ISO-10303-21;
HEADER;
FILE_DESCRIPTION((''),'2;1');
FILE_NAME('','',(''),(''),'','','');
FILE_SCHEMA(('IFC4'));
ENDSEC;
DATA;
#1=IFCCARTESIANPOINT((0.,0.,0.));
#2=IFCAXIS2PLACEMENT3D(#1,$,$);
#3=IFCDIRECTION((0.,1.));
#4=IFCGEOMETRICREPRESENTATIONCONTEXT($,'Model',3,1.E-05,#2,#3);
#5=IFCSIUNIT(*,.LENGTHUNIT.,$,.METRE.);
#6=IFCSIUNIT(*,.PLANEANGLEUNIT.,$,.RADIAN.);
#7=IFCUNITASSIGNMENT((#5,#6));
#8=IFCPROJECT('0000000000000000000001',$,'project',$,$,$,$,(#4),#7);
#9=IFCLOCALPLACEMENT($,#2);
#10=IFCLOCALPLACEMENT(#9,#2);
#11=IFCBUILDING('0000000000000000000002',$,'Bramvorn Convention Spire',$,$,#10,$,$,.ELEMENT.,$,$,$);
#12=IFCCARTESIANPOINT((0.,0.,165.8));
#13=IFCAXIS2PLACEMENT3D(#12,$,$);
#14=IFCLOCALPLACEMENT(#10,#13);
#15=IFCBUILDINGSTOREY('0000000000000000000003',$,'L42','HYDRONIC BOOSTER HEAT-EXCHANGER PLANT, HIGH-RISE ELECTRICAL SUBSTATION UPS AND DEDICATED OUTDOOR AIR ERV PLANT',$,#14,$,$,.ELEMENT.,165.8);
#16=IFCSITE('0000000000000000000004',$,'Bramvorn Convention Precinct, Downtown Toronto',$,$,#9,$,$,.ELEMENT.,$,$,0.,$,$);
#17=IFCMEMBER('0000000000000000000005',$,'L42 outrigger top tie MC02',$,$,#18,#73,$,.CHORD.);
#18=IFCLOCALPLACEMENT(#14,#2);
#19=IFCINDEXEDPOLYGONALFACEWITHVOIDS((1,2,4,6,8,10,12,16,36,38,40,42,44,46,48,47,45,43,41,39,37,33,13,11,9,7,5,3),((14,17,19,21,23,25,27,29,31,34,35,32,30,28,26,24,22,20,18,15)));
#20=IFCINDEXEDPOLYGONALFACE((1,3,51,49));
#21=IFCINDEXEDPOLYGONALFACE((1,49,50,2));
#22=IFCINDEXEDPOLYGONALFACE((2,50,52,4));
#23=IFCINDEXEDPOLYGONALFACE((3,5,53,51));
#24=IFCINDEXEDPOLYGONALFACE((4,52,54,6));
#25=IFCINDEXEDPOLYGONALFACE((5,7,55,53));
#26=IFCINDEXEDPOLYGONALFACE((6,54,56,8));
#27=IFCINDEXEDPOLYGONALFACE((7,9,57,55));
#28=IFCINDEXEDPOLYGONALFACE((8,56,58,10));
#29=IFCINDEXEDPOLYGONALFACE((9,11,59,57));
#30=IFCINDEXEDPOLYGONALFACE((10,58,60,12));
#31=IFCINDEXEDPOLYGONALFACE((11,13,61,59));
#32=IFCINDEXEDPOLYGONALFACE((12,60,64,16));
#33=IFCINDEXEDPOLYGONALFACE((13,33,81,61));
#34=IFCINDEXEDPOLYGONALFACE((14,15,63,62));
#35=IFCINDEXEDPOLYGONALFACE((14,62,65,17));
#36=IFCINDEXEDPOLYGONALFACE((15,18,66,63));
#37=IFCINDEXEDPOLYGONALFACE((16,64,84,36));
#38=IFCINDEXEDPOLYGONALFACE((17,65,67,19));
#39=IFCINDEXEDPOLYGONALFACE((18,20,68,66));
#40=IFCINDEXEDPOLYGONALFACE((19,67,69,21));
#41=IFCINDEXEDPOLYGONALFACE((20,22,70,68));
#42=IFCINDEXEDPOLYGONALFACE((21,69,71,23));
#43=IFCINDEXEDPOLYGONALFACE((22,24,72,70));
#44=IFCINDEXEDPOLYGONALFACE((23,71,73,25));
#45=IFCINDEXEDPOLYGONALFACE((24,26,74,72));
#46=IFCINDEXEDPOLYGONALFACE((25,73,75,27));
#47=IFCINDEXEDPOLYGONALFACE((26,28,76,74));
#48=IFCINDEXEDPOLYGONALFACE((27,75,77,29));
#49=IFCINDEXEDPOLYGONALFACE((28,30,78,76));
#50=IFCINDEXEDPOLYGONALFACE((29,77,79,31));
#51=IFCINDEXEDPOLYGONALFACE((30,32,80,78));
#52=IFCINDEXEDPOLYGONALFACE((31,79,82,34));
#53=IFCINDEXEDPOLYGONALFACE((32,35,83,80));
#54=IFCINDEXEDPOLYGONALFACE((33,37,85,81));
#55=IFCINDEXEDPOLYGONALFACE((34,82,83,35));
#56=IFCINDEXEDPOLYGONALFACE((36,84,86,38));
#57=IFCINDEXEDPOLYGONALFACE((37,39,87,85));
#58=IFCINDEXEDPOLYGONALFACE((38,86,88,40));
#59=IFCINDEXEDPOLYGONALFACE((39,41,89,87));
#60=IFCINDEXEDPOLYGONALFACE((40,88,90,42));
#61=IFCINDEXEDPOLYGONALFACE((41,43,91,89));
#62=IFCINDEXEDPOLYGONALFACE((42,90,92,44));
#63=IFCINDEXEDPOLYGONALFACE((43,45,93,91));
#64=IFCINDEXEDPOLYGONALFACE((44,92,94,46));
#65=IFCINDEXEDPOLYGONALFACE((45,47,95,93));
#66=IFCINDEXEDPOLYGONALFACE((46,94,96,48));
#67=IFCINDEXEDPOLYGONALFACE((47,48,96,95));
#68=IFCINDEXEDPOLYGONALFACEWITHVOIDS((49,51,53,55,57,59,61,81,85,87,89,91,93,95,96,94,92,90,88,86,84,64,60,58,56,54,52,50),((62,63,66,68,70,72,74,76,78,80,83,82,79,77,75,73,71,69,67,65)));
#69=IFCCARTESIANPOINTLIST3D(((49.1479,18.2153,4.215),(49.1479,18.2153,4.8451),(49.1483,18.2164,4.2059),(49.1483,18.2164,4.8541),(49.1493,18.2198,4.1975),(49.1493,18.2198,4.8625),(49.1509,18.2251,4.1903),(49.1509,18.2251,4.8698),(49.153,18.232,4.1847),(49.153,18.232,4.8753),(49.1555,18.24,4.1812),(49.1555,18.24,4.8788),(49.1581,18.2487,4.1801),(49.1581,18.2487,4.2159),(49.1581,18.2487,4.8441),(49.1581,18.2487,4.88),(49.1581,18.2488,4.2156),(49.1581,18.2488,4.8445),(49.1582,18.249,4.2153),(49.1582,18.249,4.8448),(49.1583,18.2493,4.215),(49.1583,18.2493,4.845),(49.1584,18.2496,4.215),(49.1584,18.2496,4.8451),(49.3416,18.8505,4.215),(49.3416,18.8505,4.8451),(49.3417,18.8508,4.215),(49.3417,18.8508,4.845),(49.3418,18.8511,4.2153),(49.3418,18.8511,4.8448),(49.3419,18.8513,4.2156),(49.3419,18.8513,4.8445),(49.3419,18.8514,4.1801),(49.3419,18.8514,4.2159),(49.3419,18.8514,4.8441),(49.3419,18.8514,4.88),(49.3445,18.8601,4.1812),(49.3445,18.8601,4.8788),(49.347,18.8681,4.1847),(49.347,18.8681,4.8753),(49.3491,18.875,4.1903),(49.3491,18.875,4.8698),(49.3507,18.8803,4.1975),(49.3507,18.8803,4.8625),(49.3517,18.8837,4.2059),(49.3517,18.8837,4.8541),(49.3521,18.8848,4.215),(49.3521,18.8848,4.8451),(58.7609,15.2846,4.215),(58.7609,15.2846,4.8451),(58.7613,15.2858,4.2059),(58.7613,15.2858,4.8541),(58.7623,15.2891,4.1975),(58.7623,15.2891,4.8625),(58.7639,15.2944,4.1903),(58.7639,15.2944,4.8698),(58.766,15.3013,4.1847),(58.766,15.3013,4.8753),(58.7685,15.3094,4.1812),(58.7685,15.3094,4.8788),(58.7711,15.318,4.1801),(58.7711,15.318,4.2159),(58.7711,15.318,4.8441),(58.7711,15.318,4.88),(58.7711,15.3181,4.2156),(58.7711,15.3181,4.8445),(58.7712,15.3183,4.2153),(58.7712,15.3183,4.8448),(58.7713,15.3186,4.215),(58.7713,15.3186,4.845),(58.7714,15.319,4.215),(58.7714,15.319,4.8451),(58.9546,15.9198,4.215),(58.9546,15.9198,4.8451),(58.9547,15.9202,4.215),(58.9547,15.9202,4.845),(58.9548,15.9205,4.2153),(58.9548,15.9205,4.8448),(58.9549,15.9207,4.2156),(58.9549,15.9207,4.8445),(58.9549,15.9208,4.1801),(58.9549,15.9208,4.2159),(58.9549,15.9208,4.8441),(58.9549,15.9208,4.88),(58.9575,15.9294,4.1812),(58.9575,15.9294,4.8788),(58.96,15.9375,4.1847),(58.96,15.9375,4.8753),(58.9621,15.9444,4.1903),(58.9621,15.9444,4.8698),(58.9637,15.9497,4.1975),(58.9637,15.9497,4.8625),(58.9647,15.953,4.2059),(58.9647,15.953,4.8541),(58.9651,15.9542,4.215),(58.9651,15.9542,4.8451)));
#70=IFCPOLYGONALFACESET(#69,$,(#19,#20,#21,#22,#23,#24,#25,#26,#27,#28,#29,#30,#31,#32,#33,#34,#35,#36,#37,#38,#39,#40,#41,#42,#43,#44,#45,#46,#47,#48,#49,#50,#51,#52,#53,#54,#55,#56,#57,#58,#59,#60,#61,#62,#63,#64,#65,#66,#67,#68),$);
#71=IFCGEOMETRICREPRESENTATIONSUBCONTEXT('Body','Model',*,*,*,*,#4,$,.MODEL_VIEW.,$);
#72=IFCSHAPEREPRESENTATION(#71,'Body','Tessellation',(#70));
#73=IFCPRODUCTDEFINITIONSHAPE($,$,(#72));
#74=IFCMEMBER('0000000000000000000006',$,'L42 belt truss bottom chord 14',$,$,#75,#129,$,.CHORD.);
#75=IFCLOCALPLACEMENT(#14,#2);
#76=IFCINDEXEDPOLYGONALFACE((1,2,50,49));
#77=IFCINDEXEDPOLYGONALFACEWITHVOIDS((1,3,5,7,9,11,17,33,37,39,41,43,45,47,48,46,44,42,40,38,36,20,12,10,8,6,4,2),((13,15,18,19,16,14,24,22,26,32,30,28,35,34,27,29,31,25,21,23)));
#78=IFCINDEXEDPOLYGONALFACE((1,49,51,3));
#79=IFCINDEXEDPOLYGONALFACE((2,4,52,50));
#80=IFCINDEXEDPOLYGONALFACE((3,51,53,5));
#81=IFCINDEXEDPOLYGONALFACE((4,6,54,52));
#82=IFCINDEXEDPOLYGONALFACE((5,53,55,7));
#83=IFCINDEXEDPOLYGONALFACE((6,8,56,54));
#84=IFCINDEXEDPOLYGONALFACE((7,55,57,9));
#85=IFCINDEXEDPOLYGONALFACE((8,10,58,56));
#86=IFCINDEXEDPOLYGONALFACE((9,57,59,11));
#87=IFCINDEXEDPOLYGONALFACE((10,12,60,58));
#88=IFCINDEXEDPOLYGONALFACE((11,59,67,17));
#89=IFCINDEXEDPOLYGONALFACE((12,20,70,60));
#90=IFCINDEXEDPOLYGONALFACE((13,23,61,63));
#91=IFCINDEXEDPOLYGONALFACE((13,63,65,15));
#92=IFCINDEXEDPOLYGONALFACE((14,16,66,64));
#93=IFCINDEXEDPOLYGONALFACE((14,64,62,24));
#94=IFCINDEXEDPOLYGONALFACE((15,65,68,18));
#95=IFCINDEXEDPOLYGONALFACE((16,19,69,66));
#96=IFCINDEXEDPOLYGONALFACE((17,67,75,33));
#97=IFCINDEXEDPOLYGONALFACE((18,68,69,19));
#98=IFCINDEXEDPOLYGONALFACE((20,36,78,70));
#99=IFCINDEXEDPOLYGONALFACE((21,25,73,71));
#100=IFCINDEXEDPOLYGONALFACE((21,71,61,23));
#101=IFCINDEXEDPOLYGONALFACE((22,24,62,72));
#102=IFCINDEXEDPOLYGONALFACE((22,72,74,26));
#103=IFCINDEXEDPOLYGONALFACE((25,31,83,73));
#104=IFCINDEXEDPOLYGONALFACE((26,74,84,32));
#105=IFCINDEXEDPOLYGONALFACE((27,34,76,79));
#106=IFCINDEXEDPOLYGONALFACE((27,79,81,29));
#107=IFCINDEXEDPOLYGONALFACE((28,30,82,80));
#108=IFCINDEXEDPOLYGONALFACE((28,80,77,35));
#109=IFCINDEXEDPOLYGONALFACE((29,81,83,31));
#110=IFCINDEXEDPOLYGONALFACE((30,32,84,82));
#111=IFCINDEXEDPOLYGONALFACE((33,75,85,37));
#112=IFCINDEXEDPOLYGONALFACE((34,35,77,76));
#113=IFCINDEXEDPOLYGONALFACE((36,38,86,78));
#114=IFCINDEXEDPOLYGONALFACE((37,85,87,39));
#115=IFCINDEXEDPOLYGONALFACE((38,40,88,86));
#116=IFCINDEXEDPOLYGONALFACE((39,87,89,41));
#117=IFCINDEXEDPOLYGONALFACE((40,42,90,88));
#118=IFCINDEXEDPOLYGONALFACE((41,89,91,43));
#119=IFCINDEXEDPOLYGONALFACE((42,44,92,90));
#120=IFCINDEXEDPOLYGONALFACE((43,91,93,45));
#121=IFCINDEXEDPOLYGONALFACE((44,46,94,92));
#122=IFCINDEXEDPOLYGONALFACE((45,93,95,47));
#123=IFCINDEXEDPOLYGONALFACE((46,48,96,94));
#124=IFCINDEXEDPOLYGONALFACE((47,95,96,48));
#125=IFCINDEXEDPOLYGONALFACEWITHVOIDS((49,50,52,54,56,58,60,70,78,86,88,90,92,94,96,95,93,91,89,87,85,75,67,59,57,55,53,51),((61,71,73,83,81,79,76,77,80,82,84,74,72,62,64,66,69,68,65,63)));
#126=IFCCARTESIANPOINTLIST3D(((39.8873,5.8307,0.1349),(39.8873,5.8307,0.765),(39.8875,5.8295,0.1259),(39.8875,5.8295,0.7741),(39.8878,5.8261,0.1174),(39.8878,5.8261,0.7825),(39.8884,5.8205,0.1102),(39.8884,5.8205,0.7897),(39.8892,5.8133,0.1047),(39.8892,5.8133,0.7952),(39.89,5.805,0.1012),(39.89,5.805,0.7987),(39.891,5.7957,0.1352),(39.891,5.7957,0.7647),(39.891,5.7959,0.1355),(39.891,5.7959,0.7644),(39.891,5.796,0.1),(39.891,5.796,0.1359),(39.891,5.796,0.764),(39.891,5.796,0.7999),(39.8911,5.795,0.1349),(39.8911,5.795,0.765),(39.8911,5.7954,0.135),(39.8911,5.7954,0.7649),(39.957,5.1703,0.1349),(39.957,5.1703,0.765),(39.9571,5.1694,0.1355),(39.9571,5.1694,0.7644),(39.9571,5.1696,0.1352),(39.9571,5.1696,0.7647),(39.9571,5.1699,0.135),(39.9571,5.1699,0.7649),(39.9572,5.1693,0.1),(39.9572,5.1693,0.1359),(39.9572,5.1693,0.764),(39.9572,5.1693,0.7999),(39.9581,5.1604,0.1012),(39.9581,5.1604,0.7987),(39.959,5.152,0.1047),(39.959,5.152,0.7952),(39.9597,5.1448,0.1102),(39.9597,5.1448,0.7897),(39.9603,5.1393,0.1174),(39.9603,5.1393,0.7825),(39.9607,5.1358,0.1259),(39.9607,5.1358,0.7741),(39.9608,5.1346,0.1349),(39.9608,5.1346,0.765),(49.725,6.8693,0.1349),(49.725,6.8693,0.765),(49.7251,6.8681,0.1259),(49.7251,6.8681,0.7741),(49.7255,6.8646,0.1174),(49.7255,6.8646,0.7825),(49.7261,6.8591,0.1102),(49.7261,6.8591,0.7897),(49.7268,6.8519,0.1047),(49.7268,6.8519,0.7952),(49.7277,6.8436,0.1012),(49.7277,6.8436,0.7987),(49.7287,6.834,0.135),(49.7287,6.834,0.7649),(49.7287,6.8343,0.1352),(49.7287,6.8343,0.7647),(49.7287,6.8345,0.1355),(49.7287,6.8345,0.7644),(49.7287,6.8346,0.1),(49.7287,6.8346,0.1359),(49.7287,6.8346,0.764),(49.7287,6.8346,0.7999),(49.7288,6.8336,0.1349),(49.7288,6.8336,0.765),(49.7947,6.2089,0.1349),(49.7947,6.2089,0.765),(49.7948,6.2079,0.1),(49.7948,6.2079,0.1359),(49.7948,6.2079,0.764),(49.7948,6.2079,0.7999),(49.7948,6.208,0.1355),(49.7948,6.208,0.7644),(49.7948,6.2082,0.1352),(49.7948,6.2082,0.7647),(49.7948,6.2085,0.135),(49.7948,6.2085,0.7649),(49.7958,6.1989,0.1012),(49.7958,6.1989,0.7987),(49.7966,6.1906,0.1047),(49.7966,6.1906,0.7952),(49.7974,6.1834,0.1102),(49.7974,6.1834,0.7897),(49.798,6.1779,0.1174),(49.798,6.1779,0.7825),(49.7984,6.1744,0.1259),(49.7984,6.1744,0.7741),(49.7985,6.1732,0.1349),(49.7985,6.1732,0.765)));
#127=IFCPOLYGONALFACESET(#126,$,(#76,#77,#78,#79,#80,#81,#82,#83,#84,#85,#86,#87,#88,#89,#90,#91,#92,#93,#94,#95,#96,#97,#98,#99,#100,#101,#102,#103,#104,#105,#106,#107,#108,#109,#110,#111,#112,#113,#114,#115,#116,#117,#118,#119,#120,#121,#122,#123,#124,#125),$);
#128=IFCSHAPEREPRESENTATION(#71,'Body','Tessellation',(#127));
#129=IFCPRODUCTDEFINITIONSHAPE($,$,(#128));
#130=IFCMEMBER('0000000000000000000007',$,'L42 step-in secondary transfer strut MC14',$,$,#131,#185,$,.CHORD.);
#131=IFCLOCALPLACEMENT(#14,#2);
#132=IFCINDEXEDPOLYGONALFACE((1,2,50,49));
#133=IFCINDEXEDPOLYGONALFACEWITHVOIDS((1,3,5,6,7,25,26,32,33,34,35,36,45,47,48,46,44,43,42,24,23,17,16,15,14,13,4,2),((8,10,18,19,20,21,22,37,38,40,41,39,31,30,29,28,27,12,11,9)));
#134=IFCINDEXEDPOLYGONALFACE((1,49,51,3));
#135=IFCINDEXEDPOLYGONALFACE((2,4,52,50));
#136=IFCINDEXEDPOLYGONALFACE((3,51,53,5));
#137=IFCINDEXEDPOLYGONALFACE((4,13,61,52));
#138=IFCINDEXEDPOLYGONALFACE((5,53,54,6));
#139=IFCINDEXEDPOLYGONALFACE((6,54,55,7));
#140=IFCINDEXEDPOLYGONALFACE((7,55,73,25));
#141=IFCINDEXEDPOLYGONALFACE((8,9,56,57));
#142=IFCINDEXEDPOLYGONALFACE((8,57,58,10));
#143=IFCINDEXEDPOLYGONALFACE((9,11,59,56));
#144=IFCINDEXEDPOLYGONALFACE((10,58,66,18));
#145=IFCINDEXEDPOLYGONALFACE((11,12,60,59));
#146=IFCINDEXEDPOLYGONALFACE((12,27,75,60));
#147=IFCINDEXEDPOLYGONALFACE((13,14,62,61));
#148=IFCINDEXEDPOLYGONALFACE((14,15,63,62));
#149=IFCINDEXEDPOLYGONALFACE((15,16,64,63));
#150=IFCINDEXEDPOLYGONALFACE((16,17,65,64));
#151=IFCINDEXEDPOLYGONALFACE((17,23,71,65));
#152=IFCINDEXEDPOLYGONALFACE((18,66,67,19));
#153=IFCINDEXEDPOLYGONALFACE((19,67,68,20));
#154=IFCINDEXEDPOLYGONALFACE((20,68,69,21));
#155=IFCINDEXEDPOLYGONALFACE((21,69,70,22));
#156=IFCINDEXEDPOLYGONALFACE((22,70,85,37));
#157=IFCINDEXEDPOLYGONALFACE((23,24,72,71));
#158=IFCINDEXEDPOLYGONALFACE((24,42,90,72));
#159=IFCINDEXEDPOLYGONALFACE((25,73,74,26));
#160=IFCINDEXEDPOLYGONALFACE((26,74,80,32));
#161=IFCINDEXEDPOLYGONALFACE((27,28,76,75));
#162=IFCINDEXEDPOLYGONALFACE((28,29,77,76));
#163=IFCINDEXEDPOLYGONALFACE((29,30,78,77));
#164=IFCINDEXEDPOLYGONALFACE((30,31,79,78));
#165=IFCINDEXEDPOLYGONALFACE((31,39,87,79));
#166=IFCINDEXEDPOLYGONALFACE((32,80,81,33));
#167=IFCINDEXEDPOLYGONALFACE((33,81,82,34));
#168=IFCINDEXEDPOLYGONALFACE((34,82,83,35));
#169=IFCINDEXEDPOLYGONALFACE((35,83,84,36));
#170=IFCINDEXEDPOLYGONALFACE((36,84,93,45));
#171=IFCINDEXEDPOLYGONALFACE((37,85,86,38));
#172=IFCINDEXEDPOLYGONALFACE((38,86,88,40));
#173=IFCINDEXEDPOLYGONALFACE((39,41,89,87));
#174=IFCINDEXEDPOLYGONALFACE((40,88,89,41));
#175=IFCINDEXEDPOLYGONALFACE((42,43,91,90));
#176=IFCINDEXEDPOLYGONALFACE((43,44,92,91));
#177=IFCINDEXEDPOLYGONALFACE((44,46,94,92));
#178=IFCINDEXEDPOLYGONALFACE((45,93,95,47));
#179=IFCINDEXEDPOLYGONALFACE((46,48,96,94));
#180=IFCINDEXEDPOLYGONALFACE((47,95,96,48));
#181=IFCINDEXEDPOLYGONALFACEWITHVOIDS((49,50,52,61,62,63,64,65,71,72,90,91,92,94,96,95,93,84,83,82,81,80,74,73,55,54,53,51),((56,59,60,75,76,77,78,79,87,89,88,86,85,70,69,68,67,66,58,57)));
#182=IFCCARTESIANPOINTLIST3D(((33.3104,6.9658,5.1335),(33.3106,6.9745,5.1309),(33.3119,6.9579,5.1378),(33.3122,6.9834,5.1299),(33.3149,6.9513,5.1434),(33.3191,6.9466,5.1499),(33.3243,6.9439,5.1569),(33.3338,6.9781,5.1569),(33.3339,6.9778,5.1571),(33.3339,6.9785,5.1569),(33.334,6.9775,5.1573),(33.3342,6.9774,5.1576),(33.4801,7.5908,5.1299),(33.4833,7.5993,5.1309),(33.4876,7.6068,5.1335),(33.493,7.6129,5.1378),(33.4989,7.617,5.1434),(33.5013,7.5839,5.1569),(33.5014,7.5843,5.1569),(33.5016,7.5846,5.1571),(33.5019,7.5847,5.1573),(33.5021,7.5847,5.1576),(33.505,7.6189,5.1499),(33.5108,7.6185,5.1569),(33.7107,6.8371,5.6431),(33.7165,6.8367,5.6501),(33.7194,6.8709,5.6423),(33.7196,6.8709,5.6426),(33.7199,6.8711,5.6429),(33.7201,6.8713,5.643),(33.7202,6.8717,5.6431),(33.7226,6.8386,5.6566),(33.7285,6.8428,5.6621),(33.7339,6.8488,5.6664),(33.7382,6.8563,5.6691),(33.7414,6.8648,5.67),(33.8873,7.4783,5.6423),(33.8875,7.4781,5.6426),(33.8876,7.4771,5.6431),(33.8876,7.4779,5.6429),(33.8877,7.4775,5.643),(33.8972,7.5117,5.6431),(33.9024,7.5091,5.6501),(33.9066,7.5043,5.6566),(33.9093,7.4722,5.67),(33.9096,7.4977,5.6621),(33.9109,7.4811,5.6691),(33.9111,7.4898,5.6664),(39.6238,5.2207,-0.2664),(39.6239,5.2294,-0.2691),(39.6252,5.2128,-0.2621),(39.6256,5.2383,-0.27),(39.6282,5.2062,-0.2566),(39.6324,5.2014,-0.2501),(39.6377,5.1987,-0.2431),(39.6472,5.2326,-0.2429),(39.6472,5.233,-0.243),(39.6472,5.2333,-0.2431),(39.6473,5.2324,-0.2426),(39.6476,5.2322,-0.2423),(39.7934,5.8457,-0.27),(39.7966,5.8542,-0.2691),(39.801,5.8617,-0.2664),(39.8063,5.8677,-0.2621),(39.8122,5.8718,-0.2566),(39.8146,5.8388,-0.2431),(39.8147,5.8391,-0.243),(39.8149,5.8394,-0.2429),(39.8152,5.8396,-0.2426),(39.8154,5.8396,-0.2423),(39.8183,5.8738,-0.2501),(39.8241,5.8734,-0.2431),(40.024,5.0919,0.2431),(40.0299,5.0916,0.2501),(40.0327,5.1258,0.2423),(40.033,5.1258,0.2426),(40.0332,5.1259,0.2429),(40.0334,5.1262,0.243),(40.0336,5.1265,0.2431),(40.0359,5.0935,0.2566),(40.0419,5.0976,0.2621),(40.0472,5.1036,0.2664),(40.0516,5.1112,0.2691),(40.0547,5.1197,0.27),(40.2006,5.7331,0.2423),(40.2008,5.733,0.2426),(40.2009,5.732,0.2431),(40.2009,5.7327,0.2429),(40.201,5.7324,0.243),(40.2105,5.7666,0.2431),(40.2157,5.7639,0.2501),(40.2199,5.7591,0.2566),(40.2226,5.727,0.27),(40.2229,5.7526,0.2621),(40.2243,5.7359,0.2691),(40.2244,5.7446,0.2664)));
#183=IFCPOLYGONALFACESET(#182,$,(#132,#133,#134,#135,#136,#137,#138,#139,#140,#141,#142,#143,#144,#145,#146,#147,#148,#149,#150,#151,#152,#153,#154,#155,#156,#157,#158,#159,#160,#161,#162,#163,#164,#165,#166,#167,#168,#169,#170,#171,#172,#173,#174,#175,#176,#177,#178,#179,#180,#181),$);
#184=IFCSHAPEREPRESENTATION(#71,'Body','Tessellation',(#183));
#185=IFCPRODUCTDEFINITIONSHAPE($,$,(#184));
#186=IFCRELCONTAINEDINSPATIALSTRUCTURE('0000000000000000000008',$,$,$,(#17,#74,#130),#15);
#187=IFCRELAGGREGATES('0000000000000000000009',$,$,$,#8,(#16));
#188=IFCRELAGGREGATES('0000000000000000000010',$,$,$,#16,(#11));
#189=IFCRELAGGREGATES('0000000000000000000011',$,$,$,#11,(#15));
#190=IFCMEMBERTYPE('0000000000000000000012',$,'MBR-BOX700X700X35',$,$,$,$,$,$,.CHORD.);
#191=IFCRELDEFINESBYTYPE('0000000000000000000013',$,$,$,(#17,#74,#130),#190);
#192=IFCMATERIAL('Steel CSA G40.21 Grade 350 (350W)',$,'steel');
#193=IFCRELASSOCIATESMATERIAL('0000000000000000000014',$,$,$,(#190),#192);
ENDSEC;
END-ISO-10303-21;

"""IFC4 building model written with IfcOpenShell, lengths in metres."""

from ifc_helpers import new_model, si_unit, direction, frame, origin, origin_2d, place, context, subcontext, project, spatial, hollow_rectangle, extrude, material, material_profile, profile_set, type_object, element, save


model = new_model("IFC4")

# Units and contexts
model_context = context("Model", 3, precision=1e-05, world=origin(), true_north=direction((0.0, 1.0)))
body_context = subcontext(model_context, "Body", "Model", "MODEL_VIEW")
ifc_project = project(units=[si_unit("LENGTHUNIT", "METRE"), si_unit("PLANEANGLEUNIT", "RADIAN")], contexts=[model_context])

# Site, building, storey
site_placement = place(None, origin())
site = spatial("IfcSite", under=ifc_project, at=site_placement, Name="Bramvorn Convention Precinct, Downtown Toronto", CompositionType="ELEMENT", RefElevation=0.0)
building_placement = place(site_placement, origin())
building = spatial("IfcBuilding", under=site, at=building_placement, Name="Bramvorn Convention Spire", CompositionType="ELEMENT")
storey_placement = place(building_placement, frame((0.0, 0.0, 165.8)))
storey = spatial("IfcBuildingStorey", under=building, at=storey_placement, Name="L42", Description="HYDRONIC BOOSTER HEAT-EXCHANGER PLANT, HIGH-RISE ELECTRICAL SUBSTATION UPS AND DEDICATED OUTDOOR AIR ERV PLANT", CompositionType="ELEMENT", Elevation=165.8)

# Shared definitions
ifc_material_1 = material(Name="Steel CSA G40.21 Grade 350 (350W)", Category="steel")

# Members
ifc_material_profile_1 = material_profile(ifc_material_1, hollow_rectangle(XDim=0.7, YDim=0.7, WallThickness=0.0349, InnerFilletRadius=0.001, OuterFilletRadius=0.0349, at=origin_2d()))
ifc_profile_set_1 = profile_set([ifc_material_profile_1], Name="Steel CSA G40.21 Grade 350 (350W) - BOX700X700X35")
member_type_1 = type_object("IfcMemberType", Name="MBR-BOX700X700X35", PredefinedType="CHORD", material=ifc_profile_set_1)
member_1_placement = place(storey_placement, frame((49.25, 18.55, 4.53), z_axis=(0.956536, -0.291613, 0.0), x_axis=(0.291613, 0.956536, 0.0)))
element("IfcMember", 1, at=member_1_placement, inside=storey, type_object=member_type_1, Name="L42 outrigger top tie MC02", PredefinedType="CHORD", context=body_context, shape_type="SweptSolid", body=[
    extrude(hollow_rectangle(XDim=0.7, YDim=0.7, WallThickness=0.0349, InnerFilletRadius=0.001, OuterFilletRadius=0.0349, at=origin_2d()), origin(), (0.0, 0.0, 1.0), 10.0498),
])
member_2_placement = place(storey_placement, frame((39.9241, 5.4827, 0.45), z_axis=(0.994473, 0.104988, 0.0), x_axis=(-0.104988, 0.994473, 0.0)))
element("IfcMember", 2, at=member_2_placement, inside=storey, type_object=member_type_1, Name="L42 belt truss bottom chord 14", PredefinedType="CHORD", context=body_context, shape_type="SweptSolid", body=[
    extrude(hollow_rectangle(XDim=0.7, YDim=0.7, WallThickness=0.0349, InnerFilletRadius=0.001, OuterFilletRadius=0.0349, at=origin_2d()), origin(), (0.0, 0.0, 1.0), 9.8923),
])
member_3_placement = place(storey_placement, frame((39.9241, 5.4827, 0.0), z_axis=(-0.743705, 0.205577, 0.636114), x_axis=(-0.266431, -0.963854, 0.0)))
element("IfcMember", 3, at=member_3_placement, inside=storey, type_object=member_type_1, Name="L42 step-in secondary transfer strut MC14", PredefinedType="CHORD", context=body_context, shape_type="SweptSolid", body=[
    extrude(hollow_rectangle(XDim=0.7, YDim=0.7, WallThickness=0.0349, InnerFilletRadius=0.001, OuterFilletRadius=0.0349, at=origin_2d()), origin(), (0.0, 0.0, 1.0), 8.489),
])

save(model, "model.ifc")
